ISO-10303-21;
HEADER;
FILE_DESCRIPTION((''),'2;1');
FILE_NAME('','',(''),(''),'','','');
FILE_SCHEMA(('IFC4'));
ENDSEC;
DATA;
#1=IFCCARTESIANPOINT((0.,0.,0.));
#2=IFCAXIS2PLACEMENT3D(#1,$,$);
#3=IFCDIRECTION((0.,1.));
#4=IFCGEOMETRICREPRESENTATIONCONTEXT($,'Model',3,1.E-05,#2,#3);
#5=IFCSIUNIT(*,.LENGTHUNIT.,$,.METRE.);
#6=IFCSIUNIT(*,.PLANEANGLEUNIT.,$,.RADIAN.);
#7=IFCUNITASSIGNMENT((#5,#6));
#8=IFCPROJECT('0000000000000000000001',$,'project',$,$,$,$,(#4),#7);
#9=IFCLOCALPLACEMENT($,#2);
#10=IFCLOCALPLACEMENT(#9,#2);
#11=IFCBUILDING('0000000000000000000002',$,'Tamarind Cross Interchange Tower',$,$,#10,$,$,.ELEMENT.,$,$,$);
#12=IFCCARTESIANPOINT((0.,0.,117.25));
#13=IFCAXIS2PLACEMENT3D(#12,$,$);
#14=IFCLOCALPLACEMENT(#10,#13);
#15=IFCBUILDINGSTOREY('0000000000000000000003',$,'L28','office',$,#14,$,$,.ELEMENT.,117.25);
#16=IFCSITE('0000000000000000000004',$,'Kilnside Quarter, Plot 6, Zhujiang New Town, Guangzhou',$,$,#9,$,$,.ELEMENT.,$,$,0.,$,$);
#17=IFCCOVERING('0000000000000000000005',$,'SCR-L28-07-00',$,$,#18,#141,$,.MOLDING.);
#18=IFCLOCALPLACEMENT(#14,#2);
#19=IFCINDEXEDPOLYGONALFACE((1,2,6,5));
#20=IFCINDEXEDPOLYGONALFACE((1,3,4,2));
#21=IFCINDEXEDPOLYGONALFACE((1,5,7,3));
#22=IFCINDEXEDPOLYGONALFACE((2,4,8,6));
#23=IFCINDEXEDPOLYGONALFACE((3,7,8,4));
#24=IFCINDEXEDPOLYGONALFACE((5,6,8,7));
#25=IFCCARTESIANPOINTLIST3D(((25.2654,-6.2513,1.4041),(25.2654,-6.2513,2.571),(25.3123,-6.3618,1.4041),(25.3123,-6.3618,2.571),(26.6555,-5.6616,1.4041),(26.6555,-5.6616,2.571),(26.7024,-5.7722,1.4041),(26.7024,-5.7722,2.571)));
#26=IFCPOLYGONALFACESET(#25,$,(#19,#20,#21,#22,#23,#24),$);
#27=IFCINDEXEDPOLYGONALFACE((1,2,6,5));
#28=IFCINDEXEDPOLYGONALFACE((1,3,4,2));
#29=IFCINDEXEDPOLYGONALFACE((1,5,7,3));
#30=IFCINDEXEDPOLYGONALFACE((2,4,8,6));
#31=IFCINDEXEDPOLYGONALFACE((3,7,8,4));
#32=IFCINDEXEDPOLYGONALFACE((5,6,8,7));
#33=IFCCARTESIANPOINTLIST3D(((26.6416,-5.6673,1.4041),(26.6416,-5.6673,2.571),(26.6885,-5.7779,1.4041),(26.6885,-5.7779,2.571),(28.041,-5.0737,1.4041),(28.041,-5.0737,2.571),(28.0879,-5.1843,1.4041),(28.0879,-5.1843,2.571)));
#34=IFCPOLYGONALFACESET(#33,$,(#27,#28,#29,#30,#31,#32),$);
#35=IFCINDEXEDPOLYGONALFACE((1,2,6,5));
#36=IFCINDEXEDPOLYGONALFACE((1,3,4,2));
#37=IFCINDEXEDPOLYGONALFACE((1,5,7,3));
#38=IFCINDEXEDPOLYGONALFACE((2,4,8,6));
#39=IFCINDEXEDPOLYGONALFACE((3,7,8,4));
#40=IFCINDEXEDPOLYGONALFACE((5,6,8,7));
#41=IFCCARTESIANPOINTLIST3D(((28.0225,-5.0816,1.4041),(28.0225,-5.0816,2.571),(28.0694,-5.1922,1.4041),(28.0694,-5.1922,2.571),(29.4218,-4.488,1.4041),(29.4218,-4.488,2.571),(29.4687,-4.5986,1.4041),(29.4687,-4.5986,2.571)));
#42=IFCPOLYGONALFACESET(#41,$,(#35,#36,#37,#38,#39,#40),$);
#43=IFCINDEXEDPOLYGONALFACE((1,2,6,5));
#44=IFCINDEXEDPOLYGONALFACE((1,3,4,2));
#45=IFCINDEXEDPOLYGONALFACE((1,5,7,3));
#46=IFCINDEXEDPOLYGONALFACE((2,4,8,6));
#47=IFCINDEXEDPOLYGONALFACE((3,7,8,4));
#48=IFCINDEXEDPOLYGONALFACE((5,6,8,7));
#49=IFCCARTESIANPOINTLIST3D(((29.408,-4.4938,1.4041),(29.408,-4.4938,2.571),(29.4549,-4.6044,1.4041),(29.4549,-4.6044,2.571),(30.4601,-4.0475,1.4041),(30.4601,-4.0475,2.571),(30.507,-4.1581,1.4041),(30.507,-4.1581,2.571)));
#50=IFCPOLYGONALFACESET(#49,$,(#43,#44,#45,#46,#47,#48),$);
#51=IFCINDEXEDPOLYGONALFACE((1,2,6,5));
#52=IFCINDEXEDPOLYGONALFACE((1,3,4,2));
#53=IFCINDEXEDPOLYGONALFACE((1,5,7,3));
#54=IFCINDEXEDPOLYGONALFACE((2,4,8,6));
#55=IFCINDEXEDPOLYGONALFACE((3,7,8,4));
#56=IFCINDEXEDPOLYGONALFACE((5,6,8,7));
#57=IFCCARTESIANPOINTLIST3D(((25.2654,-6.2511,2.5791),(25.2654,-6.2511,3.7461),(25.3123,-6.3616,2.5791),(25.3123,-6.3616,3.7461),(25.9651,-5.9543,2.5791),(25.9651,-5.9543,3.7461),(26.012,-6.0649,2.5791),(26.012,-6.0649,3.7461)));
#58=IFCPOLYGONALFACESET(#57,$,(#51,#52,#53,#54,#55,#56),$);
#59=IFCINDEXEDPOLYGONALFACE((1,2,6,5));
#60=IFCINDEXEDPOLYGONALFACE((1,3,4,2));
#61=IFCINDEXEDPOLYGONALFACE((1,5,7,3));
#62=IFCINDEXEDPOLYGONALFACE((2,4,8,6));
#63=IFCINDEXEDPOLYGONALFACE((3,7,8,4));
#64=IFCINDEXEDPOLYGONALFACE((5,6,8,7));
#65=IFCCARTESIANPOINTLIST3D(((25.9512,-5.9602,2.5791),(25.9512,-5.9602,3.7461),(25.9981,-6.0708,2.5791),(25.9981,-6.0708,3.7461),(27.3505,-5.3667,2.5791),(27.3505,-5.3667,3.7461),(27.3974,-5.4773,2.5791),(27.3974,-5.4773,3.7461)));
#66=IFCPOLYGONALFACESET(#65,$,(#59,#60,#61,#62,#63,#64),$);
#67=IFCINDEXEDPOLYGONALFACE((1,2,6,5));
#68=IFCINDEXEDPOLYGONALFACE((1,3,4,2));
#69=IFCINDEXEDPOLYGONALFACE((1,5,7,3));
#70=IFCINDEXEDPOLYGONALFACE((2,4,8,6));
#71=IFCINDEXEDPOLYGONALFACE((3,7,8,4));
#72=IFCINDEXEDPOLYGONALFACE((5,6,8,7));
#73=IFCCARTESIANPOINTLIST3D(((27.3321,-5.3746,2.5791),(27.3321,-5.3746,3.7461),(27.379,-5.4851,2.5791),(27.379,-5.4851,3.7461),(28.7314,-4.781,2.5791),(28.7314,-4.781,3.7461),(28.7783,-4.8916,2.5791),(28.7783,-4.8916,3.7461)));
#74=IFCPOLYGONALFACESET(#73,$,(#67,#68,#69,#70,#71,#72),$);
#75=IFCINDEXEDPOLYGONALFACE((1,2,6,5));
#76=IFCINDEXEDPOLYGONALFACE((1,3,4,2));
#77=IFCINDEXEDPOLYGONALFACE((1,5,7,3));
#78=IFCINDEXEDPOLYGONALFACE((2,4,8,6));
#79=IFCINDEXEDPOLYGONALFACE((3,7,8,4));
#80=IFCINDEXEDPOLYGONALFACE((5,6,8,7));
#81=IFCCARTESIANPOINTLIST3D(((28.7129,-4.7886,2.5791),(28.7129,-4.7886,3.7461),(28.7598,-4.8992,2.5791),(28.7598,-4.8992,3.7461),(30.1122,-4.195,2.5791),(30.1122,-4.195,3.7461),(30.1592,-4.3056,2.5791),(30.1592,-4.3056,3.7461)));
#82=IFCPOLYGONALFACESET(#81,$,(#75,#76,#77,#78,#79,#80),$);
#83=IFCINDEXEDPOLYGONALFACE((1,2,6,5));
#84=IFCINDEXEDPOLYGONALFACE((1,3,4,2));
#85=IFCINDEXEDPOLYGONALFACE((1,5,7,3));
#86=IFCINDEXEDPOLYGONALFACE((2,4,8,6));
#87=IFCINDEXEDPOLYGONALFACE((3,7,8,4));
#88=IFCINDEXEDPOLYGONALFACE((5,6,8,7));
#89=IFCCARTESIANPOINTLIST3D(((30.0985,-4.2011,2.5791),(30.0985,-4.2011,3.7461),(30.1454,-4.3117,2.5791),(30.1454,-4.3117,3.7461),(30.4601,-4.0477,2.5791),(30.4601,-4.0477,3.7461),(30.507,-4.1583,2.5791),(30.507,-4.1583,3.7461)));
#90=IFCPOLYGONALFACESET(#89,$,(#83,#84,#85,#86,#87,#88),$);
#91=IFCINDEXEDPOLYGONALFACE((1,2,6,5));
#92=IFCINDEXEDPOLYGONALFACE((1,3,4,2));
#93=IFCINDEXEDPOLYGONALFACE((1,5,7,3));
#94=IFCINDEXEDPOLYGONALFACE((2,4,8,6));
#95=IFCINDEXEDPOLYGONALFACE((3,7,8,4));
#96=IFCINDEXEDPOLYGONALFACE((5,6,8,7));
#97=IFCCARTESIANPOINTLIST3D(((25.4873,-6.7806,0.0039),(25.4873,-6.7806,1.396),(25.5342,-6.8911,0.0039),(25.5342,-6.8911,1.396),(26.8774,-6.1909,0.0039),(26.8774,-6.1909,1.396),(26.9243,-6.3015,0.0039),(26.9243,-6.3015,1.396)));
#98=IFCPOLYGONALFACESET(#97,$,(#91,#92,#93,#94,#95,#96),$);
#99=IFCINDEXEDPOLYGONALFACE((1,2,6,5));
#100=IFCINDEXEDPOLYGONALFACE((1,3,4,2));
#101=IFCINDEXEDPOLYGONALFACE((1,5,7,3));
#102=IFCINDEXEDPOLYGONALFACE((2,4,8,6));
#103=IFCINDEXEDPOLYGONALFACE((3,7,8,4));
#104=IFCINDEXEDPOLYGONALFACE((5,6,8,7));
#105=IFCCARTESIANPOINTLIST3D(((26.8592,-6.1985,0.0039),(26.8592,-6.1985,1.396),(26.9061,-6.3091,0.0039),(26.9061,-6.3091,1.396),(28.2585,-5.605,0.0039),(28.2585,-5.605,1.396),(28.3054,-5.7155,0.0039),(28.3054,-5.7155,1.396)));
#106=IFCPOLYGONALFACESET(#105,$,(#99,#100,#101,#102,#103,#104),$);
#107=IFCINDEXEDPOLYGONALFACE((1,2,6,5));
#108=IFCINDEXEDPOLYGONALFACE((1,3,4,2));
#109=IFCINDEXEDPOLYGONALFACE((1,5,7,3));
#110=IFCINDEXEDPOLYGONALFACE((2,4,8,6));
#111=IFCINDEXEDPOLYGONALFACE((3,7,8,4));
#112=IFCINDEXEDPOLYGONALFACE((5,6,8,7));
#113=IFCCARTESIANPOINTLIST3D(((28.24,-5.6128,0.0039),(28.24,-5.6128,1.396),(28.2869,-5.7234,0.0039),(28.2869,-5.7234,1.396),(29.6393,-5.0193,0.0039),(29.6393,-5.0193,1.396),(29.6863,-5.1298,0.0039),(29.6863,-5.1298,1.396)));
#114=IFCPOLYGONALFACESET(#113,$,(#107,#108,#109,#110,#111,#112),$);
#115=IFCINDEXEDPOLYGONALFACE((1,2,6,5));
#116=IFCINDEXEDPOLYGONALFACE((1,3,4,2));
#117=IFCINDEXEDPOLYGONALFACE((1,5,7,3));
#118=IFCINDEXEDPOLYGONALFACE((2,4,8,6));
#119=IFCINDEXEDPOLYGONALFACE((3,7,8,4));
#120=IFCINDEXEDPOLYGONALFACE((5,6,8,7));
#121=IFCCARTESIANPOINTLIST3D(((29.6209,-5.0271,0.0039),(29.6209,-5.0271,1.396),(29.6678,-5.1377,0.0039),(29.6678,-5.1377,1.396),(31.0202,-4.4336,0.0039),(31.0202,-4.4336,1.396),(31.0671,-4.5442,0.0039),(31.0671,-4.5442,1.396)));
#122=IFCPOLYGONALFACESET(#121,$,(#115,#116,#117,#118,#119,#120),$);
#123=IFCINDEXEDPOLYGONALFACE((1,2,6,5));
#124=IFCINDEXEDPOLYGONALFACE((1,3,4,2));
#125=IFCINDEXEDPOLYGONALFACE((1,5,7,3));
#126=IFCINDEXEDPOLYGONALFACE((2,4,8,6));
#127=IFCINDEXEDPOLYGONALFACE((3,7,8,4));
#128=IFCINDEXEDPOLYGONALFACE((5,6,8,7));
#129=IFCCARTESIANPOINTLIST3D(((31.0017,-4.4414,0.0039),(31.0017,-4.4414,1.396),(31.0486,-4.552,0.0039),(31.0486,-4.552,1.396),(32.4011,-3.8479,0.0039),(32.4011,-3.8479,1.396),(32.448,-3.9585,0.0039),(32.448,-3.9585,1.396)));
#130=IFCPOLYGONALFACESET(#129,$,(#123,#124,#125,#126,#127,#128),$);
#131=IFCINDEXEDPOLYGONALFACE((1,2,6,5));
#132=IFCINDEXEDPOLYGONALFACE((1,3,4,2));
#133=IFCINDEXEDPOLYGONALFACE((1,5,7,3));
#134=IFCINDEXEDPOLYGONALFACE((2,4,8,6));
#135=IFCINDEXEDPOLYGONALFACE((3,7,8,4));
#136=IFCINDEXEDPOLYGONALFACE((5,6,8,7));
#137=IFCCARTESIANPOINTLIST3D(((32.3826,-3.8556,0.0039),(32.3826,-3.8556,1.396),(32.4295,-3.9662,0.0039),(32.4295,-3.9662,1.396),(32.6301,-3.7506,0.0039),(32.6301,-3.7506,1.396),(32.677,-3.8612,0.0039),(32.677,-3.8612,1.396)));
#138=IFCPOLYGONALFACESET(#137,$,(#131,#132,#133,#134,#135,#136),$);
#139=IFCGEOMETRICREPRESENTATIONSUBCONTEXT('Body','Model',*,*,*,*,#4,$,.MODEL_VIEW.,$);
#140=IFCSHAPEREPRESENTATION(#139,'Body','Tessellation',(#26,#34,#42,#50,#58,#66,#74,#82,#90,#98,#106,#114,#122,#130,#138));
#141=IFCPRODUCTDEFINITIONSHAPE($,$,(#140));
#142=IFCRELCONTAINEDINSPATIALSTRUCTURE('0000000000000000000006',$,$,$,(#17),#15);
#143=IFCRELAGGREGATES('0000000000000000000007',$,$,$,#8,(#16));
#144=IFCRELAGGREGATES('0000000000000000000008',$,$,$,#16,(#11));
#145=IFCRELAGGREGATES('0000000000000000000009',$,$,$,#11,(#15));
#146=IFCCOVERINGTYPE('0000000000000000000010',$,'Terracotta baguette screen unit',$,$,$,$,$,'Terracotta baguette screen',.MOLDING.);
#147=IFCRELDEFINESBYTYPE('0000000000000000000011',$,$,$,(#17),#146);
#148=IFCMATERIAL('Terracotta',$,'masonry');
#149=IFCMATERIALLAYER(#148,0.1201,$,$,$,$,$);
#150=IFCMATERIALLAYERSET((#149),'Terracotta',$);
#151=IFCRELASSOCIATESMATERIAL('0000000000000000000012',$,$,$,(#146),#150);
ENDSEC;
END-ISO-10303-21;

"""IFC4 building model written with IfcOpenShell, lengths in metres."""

from ifc_helpers import new_model, si_unit, direction, frame, origin, origin_2d, place, context, subcontext, project, spatial, rectangle, extrude, material, layer, layer_set, type_object, element, save


model = new_model("IFC4")

# Units and contexts
model_context = context("Model", 3, precision=1e-05, world=origin(), true_north=direction((0.0, 1.0)))
body_context = subcontext(model_context, "Body", "Model", "MODEL_VIEW")
ifc_project = project(units=[si_unit("LENGTHUNIT", "METRE"), si_unit("PLANEANGLEUNIT", "RADIAN")], contexts=[model_context])

# Site, building, storey
site_placement = place(None, origin())
site = spatial("IfcSite", under=ifc_project, at=site_placement, Name="Kilnside Quarter, Plot 6, Zhujiang New Town, Guangzhou", CompositionType="ELEMENT", RefElevation=0.0)
building_placement = place(site_placement, origin())
building = spatial("IfcBuilding", under=site, at=building_placement, Name="Tamarind Cross Interchange Tower", CompositionType="ELEMENT")
storey_placement = place(building_placement, frame((0.0, 0.0, 117.25)))
storey = spatial("IfcBuildingStorey", under=building, at=storey_placement, Name="L28", Description="office", CompositionType="ELEMENT", Elevation=117.25)

# Covering
ifc_material_1 = material(Name="Terracotta", Category="masonry")
ifc_layer_1 = layer(ifc_material_1, 0.1201)
ifc_layer_set_1 = layer_set([ifc_layer_1], Name="Terracotta")
covering_type = type_object("IfcCoveringType", Name="Terracotta baguette screen unit", ElementType="Terracotta baguette screen", PredefinedType="MOLDING", material=ifc_layer_set_1)
covering_1_placement = place(storey_placement, origin())
element("IfcCovering", 1, at=covering_1_placement, inside=storey, type_object=covering_type, Name="SCR-L28-07-00", PredefinedType="MOLDING", context=body_context, shape_type="SweptSolid", body=[
    extrude(rectangle(XDim=1.51, YDim=0.1201, at=origin_2d()), frame((25.9839, -6.0117, 1.4041), z_axis=(0.0, 0.0, 1.0), x_axis=(0.920603, 0.3905, 0.0)), (0.0, 0.0, 1.0), 1.167),
    extrude(rectangle(XDim=1.52, YDim=0.1201, at=origin_2d()), frame((27.3647, -5.4258, 1.4041), z_axis=(0.0, 0.0, 1.0), x_axis=(0.920603, 0.3905, 0.0)), (0.0, 0.0, 1.0), 1.167),
    extrude(rectangle(XDim=1.52, YDim=0.1201, at=origin_2d()), frame((28.7456, -4.8401, 1.4041), z_axis=(0.0, 0.0, 1.0), x_axis=(0.920603, 0.3905, 0.0)), (0.0, 0.0, 1.0), 1.167),
    extrude(rectangle(XDim=1.1428, YDim=0.1201, at=origin_2d()), frame((29.9575, -4.3259, 1.4041), z_axis=(0.0, 0.0, 1.0), x_axis=(0.920603, 0.3905, 0.0)), (0.0, 0.0, 1.0), 1.167),
    extrude(rectangle(XDim=0.76, YDim=0.1201, at=origin_2d()), frame((25.6387, -6.158, 2.5791), z_axis=(0.0, 0.0, 1.0), x_axis=(0.920603, 0.3905, 0.0)), (0.0, 0.0, 1.0), 1.167),
    extrude(rectangle(XDim=1.52, YDim=0.1201, at=origin_2d()), frame((26.6743, -5.7188, 2.5791), z_axis=(0.0, 0.0, 1.0), x_axis=(0.920603, 0.3905, 0.0)), (0.0, 0.0, 1.0), 1.167),
    extrude(rectangle(XDim=1.52, YDim=0.1201, at=origin_2d()), frame((28.0552, -5.1331, 2.5791), z_axis=(0.0, 0.0, 1.0), x_axis=(0.920603, 0.3905, 0.0)), (0.0, 0.0, 1.0), 1.167),
    extrude(rectangle(XDim=1.52, YDim=0.1201, at=origin_2d()), frame((29.436, -4.5471, 2.5791), z_axis=(0.0, 0.0, 1.0), x_axis=(0.920603, 0.3905, 0.0)), (0.0, 0.0, 1.0), 1.167),
    extrude(rectangle(XDim=0.3928, YDim=0.1201, at=origin_2d()), frame((30.3027, -4.1797, 2.5791), z_axis=(0.0, 0.0, 1.0), x_axis=(0.920603, 0.3905, 0.0)), (0.0, 0.0, 1.0), 1.167),
    extrude(rectangle(XDim=1.51, YDim=0.1201, at=origin_2d()), frame((26.2058, -6.541, 0.0039), z_axis=(0.0, 0.0, 1.0), x_axis=(0.920603, 0.3905, 0.0)), (0.0, 0.0, 1.0), 1.3921),
    extrude(rectangle(XDim=1.52, YDim=0.1201, at=origin_2d()), frame((27.5823, -5.957, 0.0039), z_axis=(0.0, 0.0, 1.0), x_axis=(0.920603, 0.3905, 0.0)), (0.0, 0.0, 1.0), 1.3921),
    extrude(rectangle(XDim=1.52, YDim=0.1201, at=origin_2d()), frame((28.9631, -5.3713, 0.0039), z_axis=(0.0, 0.0, 1.0), x_axis=(0.920603, 0.3905, 0.0)), (0.0, 0.0, 1.0), 1.3921),
    extrude(rectangle(XDim=1.52, YDim=0.1201, at=origin_2d()), frame((30.344, -4.7856, 0.0039), z_axis=(0.0, 0.0, 1.0), x_axis=(0.920603, 0.3905, 0.0)), (0.0, 0.0, 1.0), 1.3921),
    extrude(rectangle(XDim=1.52, YDim=0.1201, at=origin_2d()), frame((31.7249, -4.2, 0.0039), z_axis=(0.0, 0.0, 1.0), x_axis=(0.920603, 0.3905, 0.0)), (0.0, 0.0, 1.0), 1.3921),
    extrude(rectangle(XDim=0.2688, YDim=0.1201, at=origin_2d()), frame((32.5298, -3.8584, 0.0039), z_axis=(0.0, 0.0, 1.0), x_axis=(0.920603, 0.3905, 0.0)), (0.0, 0.0, 1.0), 1.3921),
])

save(model, "model.ifc")
